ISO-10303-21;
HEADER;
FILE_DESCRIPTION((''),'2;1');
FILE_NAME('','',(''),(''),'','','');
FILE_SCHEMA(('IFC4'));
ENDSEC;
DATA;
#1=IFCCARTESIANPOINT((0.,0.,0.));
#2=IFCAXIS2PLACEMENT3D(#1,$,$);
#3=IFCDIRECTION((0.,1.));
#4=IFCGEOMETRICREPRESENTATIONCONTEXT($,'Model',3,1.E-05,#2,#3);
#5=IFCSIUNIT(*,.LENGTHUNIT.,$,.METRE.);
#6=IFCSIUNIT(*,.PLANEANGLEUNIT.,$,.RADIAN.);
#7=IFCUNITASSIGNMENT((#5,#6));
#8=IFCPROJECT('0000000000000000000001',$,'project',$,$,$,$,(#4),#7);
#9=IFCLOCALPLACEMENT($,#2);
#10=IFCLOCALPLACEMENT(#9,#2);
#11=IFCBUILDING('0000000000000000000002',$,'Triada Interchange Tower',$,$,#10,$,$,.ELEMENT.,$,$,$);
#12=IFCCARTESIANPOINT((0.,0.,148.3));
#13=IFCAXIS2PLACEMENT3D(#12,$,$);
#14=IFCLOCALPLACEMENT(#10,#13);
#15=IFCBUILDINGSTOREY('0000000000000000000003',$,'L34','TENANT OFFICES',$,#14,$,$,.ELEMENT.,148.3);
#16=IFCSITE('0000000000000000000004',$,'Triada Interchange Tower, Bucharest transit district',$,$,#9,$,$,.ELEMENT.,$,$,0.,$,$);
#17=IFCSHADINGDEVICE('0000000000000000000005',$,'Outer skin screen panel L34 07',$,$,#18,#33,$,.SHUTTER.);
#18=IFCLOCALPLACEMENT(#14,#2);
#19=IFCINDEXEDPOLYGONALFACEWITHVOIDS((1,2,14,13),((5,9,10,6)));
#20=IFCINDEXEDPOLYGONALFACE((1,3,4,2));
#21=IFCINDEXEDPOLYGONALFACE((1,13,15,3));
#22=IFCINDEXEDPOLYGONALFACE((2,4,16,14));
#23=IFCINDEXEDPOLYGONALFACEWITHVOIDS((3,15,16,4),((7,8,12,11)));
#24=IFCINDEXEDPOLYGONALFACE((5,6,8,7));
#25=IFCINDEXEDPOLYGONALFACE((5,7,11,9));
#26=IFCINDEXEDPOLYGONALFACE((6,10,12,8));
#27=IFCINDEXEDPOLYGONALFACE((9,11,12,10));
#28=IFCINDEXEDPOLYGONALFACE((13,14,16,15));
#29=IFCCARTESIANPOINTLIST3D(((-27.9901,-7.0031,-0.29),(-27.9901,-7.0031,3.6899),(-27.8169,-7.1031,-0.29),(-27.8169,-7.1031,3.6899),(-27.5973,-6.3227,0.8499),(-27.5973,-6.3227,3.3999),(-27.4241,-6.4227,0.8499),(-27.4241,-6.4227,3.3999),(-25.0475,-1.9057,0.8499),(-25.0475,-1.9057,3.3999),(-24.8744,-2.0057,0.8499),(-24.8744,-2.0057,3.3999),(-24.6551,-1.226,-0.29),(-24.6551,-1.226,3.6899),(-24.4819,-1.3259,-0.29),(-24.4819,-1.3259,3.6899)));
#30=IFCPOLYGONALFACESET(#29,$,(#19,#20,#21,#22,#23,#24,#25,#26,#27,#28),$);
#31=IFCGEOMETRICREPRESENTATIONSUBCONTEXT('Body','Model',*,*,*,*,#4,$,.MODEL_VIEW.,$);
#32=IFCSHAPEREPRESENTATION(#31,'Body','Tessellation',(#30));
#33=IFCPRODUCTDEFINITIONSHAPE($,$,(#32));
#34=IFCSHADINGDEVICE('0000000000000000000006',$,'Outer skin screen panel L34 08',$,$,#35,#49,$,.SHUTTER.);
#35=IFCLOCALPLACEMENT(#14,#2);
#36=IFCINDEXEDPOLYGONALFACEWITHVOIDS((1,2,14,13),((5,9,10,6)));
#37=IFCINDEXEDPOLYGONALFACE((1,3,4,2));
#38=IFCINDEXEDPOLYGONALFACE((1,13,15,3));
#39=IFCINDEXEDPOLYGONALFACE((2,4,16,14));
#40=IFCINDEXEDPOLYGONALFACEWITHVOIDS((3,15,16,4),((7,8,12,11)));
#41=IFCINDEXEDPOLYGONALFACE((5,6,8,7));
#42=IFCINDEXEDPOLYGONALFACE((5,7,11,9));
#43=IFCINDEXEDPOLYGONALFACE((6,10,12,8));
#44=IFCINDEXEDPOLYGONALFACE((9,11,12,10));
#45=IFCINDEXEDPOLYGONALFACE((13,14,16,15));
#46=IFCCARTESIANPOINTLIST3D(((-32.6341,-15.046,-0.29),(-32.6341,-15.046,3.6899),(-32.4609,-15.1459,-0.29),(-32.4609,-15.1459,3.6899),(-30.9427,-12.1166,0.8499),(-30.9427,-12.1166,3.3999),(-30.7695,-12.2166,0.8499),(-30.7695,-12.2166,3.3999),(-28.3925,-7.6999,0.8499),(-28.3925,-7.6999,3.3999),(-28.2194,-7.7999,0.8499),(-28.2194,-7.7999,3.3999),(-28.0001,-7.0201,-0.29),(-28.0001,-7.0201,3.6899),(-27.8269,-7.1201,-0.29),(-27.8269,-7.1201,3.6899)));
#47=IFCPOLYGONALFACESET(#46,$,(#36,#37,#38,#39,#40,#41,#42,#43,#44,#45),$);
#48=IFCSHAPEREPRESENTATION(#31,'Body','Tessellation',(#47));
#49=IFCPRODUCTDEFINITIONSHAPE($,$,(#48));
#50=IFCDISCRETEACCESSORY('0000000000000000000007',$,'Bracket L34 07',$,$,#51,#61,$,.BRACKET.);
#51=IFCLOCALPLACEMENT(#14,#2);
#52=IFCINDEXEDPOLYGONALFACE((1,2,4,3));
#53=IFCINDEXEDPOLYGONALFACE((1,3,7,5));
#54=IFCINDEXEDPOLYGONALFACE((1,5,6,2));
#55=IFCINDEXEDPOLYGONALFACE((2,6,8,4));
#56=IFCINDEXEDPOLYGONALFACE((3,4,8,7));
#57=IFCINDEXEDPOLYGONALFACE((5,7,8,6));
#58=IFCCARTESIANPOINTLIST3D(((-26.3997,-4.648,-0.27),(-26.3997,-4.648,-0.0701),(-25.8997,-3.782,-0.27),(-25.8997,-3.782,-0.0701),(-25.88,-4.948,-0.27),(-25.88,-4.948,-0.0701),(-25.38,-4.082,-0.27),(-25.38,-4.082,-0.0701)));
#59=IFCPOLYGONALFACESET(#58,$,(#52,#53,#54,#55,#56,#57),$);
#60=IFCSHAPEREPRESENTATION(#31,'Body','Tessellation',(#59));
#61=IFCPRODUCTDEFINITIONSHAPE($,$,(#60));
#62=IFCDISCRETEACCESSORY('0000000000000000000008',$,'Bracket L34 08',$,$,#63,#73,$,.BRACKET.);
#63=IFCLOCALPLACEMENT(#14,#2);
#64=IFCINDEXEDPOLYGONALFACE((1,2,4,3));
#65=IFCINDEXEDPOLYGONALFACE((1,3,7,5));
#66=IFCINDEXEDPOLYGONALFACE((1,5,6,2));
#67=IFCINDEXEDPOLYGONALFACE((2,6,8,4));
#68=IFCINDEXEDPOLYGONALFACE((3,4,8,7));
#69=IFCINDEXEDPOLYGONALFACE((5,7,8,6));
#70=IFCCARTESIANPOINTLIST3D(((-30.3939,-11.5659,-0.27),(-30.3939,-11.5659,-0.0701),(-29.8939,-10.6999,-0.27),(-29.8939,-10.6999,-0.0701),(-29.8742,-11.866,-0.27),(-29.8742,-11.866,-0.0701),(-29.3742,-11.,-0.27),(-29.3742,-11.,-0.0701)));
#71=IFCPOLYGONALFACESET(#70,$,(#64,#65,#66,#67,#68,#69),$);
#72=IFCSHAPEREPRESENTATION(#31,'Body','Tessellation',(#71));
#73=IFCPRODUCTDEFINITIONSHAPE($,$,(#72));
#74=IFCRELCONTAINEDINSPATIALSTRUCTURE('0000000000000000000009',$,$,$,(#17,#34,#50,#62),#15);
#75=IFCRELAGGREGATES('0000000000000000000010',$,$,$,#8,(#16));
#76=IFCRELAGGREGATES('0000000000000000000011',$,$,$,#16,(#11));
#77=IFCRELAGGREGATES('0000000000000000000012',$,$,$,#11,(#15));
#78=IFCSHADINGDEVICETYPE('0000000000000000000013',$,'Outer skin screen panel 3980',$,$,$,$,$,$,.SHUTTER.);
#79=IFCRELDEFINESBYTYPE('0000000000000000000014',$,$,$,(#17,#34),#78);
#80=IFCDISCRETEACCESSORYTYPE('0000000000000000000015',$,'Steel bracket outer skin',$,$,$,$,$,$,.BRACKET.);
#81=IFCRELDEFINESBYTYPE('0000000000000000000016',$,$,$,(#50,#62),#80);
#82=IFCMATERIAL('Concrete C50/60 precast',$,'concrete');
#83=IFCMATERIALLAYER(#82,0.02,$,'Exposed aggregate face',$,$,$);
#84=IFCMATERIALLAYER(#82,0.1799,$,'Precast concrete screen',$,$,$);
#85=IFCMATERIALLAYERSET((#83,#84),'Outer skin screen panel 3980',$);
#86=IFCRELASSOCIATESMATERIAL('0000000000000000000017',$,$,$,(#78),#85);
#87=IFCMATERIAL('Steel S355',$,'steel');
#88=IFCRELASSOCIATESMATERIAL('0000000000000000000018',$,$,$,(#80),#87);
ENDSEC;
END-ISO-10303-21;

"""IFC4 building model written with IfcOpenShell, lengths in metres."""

from ifc_helpers import new_model, si_unit, direction, frame, origin, origin_2d, place, context, subcontext, project, spatial, polyline, rectangle, outline, extrude, material, layer, layer_set, type_object, element, save


model = new_model("IFC4")

# Units and contexts
model_context = context("Model", 3, precision=1e-05, world=origin(), true_north=direction((0.0, 1.0)))
body_context = subcontext(model_context, "Body", "Model", "MODEL_VIEW")
ifc_project = project(units=[si_unit("LENGTHUNIT", "METRE"), si_unit("PLANEANGLEUNIT", "RADIAN")], contexts=[model_context])

# Site, building, storey
site_placement = place(None, origin())
site = spatial("IfcSite", under=ifc_project, at=site_placement, Name="Triada Interchange Tower, Bucharest transit district", CompositionType="ELEMENT", RefElevation=0.0)
building_placement = place(site_placement, origin())
building = spatial("IfcBuilding", under=site, at=building_placement, Name="Triada Interchange Tower", CompositionType="ELEMENT")
storey_placement = place(building_placement, frame((0.0, 0.0, 148.3)))
storey = spatial("IfcBuildingStorey", under=building, at=storey_placement, Name="L34", Description="TENANT OFFICES", CompositionType="ELEMENT", Elevation=148.3)

# Shading devices
ifc_material_1 = material(Name="Concrete C50/60 precast", Category="concrete")
ifc_layer_1 = layer(ifc_material_1, 0.02, Name="Exposed aggregate face")
ifc_layer_2 = layer(ifc_material_1, 0.1799, Name="Precast concrete screen")
ifc_layer_set_1 = layer_set([ifc_layer_1, ifc_layer_2], Name="Outer skin screen panel 3980")
shading_device_type = type_object("IfcShadingDeviceType", Name="Outer skin screen panel 3980", PredefinedType="SHUTTER", material=ifc_layer_set_1)
shading_device_1_placement = place(storey_placement, frame((-24.4819, -1.3259, -0.29), z_axis=(0.0, 0.0, 1.0), x_axis=(-0.49995, -0.866055, 0.0)))
element("IfcShadingDevice", 1, at=shading_device_1_placement, inside=storey, type_object=shading_device_type, Name="Outer skin screen panel L34 07", PredefinedType="SHUTTER", context=body_context, shape_type="SweptSolid", body=[
    extrude(outline(polyline([(0.0, 0.0), (6.6707, 0.0), (6.6707, 3.98), (0.0, 3.98), (0.0, 0.0)]), holes=[polyline([(0.7849, 1.1399), (0.7849, 3.6899), (5.885, 3.6899), (5.885, 1.1399), (0.7849, 1.1399)])]), frame((0.0, 0.0, 0.0), z_axis=(0.0, -1.0, 0.0), x_axis=(1.0, 0.0, 0.0)), (0.0, 0.0, 1.0), 0.2),
])
shading_device_2_placement = place(storey_placement, frame((-27.8269, -7.1201, -0.29), z_axis=(0.0, 0.0, 1.0), x_axis=(-0.500023, -0.866012, 0.0)))
element("IfcShadingDevice", 2, at=shading_device_2_placement, inside=storey, type_object=shading_device_type, Name="Outer skin screen panel L34 08", PredefinedType="SHUTTER", context=body_context, shape_type="SweptSolid", body=[
    extrude(outline(polyline([(0.0, 0.0), (9.2676, 0.0), (9.2676, 3.98), (0.0, 3.98), (0.0, 0.0)]), holes=[polyline([(0.7849, 1.1399), (0.7849, 3.6899), (5.885, 3.6899), (5.885, 1.1399), (0.7849, 1.1399)])]), frame((0.0, 0.0, 0.0), z_axis=(0.0, -1.0, 0.0), x_axis=(1.0, 0.0, 0.0)), (0.0, 0.0, 1.0), 0.2),
])

# Discrete accessories
ifc_material_2 = material(Name="Steel S355", Category="steel")
discrete_accessory_type = type_object("IfcDiscreteAccessoryType", Name="Steel bracket outer skin", PredefinedType="BRACKET", material=ifc_material_2)
for number, where, z_axis, x_axis, name in (
    (3, (-25.8899, -4.365, -0.27), (0.0, 0.0, 1.0), (-0.866021, 0.500007, 0.0), "Bracket L34 07"),
    (4, (-29.884, -11.283, -0.27), (0.0, 0.0, 1.0), (-0.866021, 0.500007, 0.0), "Bracket L34 08"),
):
    element("IfcDiscreteAccessory", number, at=place(storey_placement, frame(where, z_axis=z_axis, x_axis=x_axis)), inside=storey, type_object=discrete_accessory_type, Name=name, PredefinedType="BRACKET", context=body_context, shape_type="SweptSolid", body=[
        extrude(rectangle(XDim=0.6001, YDim=1.0, at=origin_2d()), origin(), (0.0, 0.0, 1.0), 0.2),
    ])

save(model, "model.ifc")
